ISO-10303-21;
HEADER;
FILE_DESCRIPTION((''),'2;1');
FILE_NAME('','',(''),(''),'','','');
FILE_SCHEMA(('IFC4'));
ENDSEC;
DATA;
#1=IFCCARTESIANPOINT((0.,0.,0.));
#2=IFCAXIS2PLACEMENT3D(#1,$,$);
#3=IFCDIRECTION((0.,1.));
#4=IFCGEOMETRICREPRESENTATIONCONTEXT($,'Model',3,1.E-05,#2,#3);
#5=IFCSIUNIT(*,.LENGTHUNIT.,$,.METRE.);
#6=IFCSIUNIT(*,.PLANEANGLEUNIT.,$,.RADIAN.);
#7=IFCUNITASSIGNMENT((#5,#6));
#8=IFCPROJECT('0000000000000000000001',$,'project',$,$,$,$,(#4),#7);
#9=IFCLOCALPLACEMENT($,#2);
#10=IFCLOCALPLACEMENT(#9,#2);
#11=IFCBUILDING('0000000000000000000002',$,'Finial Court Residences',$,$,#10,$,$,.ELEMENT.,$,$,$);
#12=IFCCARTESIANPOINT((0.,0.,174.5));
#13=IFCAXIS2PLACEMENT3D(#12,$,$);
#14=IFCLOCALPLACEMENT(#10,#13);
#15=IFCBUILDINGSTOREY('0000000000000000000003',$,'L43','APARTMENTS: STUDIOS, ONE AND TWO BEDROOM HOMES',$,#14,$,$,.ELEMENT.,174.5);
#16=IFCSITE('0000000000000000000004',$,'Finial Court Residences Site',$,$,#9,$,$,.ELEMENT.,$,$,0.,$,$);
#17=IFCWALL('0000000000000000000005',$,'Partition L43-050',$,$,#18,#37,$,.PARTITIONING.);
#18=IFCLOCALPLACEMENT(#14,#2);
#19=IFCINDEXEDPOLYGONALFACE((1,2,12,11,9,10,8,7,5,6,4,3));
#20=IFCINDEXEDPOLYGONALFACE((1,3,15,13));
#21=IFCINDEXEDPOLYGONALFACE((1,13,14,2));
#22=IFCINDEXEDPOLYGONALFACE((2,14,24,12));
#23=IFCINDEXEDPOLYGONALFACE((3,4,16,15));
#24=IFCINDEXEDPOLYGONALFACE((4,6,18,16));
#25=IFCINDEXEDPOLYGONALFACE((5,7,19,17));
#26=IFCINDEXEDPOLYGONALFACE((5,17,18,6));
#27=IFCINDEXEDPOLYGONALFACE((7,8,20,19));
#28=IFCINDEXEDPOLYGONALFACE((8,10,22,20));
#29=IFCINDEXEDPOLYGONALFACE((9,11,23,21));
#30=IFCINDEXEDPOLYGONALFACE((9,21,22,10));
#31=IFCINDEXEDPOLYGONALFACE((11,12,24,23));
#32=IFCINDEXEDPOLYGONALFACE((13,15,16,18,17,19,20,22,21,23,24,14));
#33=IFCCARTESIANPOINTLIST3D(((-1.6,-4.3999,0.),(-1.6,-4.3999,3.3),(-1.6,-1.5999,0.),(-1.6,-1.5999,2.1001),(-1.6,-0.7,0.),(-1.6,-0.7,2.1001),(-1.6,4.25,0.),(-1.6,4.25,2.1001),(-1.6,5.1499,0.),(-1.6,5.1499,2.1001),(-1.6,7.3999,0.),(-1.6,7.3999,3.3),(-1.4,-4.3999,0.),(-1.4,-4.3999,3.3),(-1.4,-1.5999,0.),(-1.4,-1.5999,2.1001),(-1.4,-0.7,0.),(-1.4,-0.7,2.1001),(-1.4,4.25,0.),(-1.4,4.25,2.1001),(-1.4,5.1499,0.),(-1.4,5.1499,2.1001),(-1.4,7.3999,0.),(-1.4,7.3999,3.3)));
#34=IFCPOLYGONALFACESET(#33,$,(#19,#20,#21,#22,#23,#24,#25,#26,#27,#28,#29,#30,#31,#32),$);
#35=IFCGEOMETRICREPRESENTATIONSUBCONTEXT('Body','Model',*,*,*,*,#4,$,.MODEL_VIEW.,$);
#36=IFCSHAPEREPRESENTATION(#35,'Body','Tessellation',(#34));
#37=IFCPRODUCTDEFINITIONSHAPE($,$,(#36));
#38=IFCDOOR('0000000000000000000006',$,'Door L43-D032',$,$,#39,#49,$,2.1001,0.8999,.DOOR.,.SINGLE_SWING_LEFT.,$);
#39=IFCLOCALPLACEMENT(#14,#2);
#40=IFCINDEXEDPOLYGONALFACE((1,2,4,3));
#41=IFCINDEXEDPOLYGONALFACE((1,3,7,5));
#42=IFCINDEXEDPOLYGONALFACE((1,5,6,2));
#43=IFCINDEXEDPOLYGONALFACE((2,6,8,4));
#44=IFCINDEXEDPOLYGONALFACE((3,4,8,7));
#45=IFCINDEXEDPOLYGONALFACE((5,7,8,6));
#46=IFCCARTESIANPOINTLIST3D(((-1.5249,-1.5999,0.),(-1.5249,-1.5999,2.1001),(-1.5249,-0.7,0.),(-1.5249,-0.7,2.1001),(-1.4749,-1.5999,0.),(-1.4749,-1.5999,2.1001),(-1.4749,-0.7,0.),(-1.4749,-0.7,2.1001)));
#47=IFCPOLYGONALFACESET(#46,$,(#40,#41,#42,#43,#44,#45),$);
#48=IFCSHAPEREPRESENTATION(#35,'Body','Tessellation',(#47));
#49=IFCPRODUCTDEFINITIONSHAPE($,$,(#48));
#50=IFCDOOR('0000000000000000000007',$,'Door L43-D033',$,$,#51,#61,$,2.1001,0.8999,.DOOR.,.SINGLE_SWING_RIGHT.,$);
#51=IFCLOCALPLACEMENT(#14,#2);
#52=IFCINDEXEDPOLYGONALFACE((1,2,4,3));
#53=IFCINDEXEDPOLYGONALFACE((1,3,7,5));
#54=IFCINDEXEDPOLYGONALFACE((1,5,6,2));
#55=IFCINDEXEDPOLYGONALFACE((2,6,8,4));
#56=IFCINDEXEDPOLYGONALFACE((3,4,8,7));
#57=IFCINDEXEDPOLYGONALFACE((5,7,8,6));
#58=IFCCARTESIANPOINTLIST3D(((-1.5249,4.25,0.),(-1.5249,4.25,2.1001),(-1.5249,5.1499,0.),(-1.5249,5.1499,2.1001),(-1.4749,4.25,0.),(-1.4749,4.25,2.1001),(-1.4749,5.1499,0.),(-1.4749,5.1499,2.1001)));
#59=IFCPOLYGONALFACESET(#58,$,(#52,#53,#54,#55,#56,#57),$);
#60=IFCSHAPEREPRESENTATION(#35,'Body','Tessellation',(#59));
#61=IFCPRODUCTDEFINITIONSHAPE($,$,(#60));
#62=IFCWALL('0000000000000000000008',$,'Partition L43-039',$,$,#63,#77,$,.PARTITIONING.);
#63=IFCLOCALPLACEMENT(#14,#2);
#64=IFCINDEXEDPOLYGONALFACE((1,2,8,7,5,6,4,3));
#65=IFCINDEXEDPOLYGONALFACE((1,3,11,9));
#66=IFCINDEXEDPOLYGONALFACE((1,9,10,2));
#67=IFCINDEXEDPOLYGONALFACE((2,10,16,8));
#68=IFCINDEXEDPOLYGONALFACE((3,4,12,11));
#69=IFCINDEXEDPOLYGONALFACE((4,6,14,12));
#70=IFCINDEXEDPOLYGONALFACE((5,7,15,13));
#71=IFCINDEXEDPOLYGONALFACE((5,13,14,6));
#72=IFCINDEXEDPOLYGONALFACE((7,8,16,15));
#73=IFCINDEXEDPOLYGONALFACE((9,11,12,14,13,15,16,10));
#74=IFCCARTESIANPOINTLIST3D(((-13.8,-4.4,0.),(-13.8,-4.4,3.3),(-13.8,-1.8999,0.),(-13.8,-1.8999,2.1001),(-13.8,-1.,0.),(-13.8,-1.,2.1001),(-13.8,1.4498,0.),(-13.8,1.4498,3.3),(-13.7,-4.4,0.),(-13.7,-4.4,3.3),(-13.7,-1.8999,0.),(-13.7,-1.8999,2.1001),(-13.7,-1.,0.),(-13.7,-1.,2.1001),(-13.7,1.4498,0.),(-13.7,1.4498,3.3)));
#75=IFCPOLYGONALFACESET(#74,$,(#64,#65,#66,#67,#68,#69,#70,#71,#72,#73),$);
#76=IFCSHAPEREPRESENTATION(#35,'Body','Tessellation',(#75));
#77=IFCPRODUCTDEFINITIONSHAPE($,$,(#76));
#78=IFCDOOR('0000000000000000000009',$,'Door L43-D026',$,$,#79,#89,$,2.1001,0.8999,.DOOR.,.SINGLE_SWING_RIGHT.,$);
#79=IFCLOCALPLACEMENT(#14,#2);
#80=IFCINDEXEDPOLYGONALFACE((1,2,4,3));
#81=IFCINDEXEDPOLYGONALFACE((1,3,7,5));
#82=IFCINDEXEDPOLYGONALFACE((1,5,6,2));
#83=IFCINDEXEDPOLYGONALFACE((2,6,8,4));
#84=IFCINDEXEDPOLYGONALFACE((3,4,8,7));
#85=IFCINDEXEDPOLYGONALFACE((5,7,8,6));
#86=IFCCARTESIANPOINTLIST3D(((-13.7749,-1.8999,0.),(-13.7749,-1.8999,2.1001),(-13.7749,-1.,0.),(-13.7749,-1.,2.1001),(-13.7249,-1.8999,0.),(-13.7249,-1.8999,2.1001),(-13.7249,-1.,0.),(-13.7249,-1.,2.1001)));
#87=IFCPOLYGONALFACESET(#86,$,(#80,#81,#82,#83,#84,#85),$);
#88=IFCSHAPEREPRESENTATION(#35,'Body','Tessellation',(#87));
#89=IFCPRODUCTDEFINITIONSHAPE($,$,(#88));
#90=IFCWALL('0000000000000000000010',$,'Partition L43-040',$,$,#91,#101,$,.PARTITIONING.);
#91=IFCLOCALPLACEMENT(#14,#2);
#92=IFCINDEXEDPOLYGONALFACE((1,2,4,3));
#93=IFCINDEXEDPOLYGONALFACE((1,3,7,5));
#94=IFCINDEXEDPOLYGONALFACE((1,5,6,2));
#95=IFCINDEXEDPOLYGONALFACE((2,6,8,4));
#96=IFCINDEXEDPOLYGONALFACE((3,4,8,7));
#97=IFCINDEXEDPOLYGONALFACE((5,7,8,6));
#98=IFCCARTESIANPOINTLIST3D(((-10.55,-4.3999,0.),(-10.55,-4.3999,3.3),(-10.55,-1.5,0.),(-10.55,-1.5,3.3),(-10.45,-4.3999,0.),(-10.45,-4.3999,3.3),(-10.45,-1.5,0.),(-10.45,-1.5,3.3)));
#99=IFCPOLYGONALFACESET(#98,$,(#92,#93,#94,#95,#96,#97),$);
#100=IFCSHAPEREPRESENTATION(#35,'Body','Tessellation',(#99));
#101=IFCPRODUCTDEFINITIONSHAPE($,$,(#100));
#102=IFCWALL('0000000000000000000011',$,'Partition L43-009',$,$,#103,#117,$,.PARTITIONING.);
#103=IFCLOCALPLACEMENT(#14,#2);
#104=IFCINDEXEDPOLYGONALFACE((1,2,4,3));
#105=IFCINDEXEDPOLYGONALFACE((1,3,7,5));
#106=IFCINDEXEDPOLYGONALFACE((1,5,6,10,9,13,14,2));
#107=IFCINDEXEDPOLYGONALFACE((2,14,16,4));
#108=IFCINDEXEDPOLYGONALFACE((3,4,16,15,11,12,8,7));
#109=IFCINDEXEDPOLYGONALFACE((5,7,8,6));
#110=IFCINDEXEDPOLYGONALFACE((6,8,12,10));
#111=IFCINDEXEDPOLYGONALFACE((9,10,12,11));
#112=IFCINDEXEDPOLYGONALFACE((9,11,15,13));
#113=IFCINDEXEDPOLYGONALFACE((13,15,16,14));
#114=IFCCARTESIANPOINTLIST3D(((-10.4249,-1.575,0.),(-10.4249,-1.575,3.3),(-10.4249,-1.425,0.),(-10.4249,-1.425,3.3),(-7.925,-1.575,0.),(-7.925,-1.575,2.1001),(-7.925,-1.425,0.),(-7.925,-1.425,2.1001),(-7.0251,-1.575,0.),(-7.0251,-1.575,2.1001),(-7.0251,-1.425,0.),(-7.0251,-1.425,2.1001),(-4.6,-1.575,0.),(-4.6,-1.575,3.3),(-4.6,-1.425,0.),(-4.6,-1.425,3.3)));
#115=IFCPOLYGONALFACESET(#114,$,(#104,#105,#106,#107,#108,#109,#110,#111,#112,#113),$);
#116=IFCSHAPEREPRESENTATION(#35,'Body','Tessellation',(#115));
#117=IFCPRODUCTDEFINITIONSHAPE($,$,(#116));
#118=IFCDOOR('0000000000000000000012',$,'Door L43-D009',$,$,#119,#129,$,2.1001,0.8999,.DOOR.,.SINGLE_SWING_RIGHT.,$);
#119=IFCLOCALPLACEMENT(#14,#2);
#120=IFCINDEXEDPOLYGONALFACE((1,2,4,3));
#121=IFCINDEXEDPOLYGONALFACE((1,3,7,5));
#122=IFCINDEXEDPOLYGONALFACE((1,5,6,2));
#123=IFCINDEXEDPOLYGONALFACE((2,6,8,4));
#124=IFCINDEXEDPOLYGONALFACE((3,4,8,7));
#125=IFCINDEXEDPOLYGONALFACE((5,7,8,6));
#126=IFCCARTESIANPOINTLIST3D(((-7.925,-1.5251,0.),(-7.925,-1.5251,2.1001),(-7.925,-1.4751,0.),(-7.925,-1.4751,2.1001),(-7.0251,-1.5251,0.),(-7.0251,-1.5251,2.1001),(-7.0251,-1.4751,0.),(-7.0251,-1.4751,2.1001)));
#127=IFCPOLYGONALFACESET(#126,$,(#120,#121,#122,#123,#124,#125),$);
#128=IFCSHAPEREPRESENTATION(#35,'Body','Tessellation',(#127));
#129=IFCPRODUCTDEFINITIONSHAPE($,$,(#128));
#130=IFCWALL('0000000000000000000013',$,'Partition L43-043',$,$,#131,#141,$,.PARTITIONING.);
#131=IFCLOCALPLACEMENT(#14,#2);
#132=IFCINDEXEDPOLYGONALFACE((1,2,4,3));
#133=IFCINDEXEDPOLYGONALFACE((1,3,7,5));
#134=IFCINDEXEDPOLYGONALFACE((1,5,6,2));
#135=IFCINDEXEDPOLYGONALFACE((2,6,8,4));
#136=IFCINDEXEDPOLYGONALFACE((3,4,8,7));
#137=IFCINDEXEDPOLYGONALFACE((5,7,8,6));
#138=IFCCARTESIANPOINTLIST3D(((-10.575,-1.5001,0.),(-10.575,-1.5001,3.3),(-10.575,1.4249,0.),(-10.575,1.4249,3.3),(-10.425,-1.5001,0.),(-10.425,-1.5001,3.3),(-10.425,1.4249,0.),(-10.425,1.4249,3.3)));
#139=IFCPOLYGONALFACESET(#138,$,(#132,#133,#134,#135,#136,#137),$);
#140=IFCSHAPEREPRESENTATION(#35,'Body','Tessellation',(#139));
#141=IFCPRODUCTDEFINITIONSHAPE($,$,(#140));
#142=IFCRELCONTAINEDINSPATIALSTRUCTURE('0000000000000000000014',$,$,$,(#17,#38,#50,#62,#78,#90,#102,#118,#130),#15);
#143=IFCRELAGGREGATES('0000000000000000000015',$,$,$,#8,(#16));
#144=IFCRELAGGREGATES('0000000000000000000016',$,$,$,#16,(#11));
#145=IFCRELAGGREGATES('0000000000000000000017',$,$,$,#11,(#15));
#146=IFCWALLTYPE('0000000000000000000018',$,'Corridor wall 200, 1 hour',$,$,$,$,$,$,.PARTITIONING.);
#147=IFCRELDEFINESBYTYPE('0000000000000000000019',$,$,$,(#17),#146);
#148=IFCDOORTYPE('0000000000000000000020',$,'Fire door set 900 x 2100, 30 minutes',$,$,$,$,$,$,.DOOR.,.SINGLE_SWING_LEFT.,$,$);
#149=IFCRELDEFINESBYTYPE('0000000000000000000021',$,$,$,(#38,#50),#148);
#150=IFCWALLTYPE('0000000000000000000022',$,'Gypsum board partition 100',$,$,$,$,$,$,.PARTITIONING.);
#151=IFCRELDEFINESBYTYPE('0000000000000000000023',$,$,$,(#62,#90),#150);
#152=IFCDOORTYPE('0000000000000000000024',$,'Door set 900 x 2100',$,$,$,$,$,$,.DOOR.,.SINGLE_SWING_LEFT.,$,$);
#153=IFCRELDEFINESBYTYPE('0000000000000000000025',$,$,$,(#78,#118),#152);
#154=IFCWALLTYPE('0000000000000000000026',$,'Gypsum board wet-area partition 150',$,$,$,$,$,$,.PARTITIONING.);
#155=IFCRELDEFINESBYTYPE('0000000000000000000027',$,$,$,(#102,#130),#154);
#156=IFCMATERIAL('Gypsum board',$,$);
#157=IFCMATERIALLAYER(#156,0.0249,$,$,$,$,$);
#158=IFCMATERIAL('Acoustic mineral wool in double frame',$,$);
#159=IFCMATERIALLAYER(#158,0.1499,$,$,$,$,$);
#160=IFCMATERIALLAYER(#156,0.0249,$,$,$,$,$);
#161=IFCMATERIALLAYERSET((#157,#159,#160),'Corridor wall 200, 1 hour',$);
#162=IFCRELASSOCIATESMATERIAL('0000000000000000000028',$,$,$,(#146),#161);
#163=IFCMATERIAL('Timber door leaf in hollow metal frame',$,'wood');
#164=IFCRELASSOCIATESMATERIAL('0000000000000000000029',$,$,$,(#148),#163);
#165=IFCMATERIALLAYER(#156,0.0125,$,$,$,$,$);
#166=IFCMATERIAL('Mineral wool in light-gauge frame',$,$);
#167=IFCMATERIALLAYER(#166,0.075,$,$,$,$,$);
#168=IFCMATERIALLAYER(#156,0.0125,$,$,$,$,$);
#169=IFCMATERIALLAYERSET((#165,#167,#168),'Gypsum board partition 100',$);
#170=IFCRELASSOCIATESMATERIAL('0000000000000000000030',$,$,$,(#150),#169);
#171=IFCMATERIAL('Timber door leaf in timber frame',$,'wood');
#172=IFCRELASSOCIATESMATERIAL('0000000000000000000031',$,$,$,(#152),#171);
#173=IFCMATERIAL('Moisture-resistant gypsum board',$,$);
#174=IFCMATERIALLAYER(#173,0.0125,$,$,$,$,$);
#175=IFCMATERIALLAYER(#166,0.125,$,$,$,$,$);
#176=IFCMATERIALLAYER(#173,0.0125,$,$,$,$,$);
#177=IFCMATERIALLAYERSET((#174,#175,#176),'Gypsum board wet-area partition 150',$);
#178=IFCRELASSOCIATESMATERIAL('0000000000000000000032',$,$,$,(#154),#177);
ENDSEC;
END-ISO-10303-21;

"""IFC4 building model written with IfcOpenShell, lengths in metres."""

from ifc_helpers import new_model, si_unit, direction, frame, frame_2d, origin, place, context, subcontext, project, spatial, rectangle, extrude, material, layer, layer_set, type_object, element, fill, save


model = new_model("IFC4")

# Units and contexts
model_context = context("Model", 3, precision=1e-05, world=origin(), true_north=direction((0.0, 1.0)))
body_context = subcontext(model_context, "Body", "Model", "MODEL_VIEW")
ifc_project = project(units=[si_unit("LENGTHUNIT", "METRE"), si_unit("PLANEANGLEUNIT", "RADIAN")], contexts=[model_context])

# Site, building, storey
site_placement = place(None, origin())
site = spatial("IfcSite", under=ifc_project, at=site_placement, Name="Finial Court Residences Site", CompositionType="ELEMENT", RefElevation=0.0)
building_placement = place(site_placement, origin())
building = spatial("IfcBuilding", under=site, at=building_placement, Name="Finial Court Residences", CompositionType="ELEMENT")
storey_placement = place(building_placement, frame((0.0, 0.0, 174.5)))
storey = spatial("IfcBuildingStorey", under=building, at=storey_placement, Name="L43", Description="APARTMENTS: STUDIOS, ONE AND TWO BEDROOM HOMES", CompositionType="ELEMENT", Elevation=174.5)

# Shared definitions
ifc_material_1 = material(Name="Gypsum board")
ifc_layer_1 = layer(ifc_material_1, 0.0249)
ifc_material_2 = material(Name="Acoustic mineral wool in double frame")
ifc_layer_2 = layer(ifc_material_2, 0.1499)
ifc_layer_3 = layer(ifc_material_1, 0.0249)
ifc_layer_set_1 = layer_set([ifc_layer_1, ifc_layer_2, ifc_layer_3], Name="Corridor wall 200, 1 hour")
wall_type_1 = type_object("IfcWallType", Name="Corridor wall 200, 1 hour", PredefinedType="PARTITIONING", material=ifc_layer_set_1)

# Shared definitions
ifc_material_3 = material(Name="Timber door leaf in hollow metal frame", Category="wood")

# Wall, openings, doors
wall_1_placement = place(storey_placement, frame((-1.5, -4.3999, 0.0), z_axis=(0.0, 0.0, 1.0), x_axis=(0.0, 1.0, 0.0)))
wall_1 = element("IfcWall", 1, at=wall_1_placement, inside=storey, type_object=wall_type_1, Name="Partition L43-050", PredefinedType="PARTITIONING", context=body_context, shape_type="SweptSolid", body=[
    extrude(rectangle(XDim=11.7998, YDim=0.2, at=frame_2d((5.8999, 0.0))), origin(), (0.0, 0.0, 1.0), 3.3),
])
opening_1_placement = place(wall_1_placement, frame((2.8, 0.0, 0.0)))
opening_1 = element("IfcOpeningElement", 2, at=opening_1_placement, cuts=wall_1, PredefinedType="OPENING", context=body_context, shape_type="SweptSolid", body=[
    extrude(rectangle(XDim=0.8999, YDim=2.1001, at=frame_2d((0.45, 1.05))), frame((0.0, 0.1099, 0.0), z_axis=(0.0, -1.0, 0.0), x_axis=(1.0, 0.0, 0.0)), (0.0, 0.0, 1.0), 0.22),
])
opening_2_placement = place(wall_1_placement, frame((8.6499, 0.0, 0.0)))
opening_2 = element("IfcOpeningElement", 3, at=opening_2_placement, cuts=wall_1, PredefinedType="OPENING", context=body_context, shape_type="SweptSolid", body=[
    extrude(rectangle(XDim=0.8999, YDim=2.1001, at=frame_2d((0.45, 1.05))), frame((0.0, 0.1099, 0.0), z_axis=(0.0, -1.0, 0.0), x_axis=(1.0, 0.0, 0.0)), (0.0, 0.0, 1.0), 0.22),
])
door_type_1 = type_object("IfcDoorType", Name="Fire door set 900 x 2100, 30 minutes", OperationType="SINGLE_SWING_LEFT", PredefinedType="DOOR", material=ifc_material_3)
door_1_placement = place(opening_1_placement, origin())
door_1 = element("IfcDoor", 4, at=door_1_placement, inside=storey, type_object=door_type_1, Name="Door L43-D032", OperationType="SINGLE_SWING_LEFT", OverallHeight=2.1001, OverallWidth=0.8999, PredefinedType="DOOR", context=body_context, shape_type="SweptSolid", body=[
    extrude(rectangle(XDim=0.8999, YDim=2.1001, at=frame_2d((0.45, 1.05))), frame((0.0, 0.0249, 0.0), z_axis=(0.0, -1.0, 0.0), x_axis=(1.0, 0.0, 0.0)), (0.0, 0.0, 1.0), 0.05),
])
fill(opening_1, door_1)
door_2_placement = place(opening_2_placement, origin())
door_2 = element("IfcDoor", 5, at=door_2_placement, inside=storey, type_object=door_type_1, Name="Door L43-D033", OperationType="SINGLE_SWING_RIGHT", OverallHeight=2.1001, OverallWidth=0.8999, PredefinedType="DOOR", context=body_context, shape_type="SweptSolid", body=[
    extrude(rectangle(XDim=0.8999, YDim=2.1001, at=frame_2d((0.45, 1.05))), frame((0.0, 0.0249, 0.0), z_axis=(0.0, -1.0, 0.0), x_axis=(1.0, 0.0, 0.0)), (0.0, 0.0, 1.0), 0.05),
])
fill(opening_2, door_2)

# Wall, opening, door
ifc_layer_4 = layer(ifc_material_1, 0.0125)
ifc_material_4 = material(Name="Mineral wool in light-gauge frame")
ifc_layer_5 = layer(ifc_material_4, 0.075)
ifc_layer_6 = layer(ifc_material_1, 0.0125)
ifc_layer_set_2 = layer_set([ifc_layer_4, ifc_layer_5, ifc_layer_6], Name="Gypsum board partition 100")
wall_type_2 = type_object("IfcWallType", Name="Gypsum board partition 100", PredefinedType="PARTITIONING", material=ifc_layer_set_2)
wall_2_placement = place(storey_placement, frame((-13.75, -4.3999, 0.0), z_axis=(0.0, 0.0, 1.0), x_axis=(0.0, 1.0, 0.0)))
wall_2 = element("IfcWall", 6, at=wall_2_placement, inside=storey, type_object=wall_type_2, Name="Partition L43-039", PredefinedType="PARTITIONING", context=body_context, shape_type="SweptSolid", body=[
    extrude(rectangle(XDim=5.8499, YDim=0.1001, at=frame_2d((2.9248, 0.0))), origin(), (0.0, 0.0, 1.0), 3.3),
])
opening_3_placement = place(wall_2_placement, frame((2.5, 0.0, 0.0)))
opening_3 = element("IfcOpeningElement", 7, at=opening_3_placement, cuts=wall_2, PredefinedType="OPENING", context=body_context, shape_type="SweptSolid", body=[
    extrude(rectangle(XDim=0.8999, YDim=2.1001, at=frame_2d((0.45, 1.05))), frame((0.0, 0.0601, 0.0), z_axis=(0.0, -1.0, 0.0), x_axis=(1.0, 0.0, 0.0)), (0.0, 0.0, 1.0), 0.1201),
])
ifc_material_5 = material(Name="Timber door leaf in timber frame", Category="wood")
door_type_2 = type_object("IfcDoorType", Name="Door set 900 x 2100", OperationType="SINGLE_SWING_LEFT", PredefinedType="DOOR", material=ifc_material_5)
door_3_placement = place(opening_3_placement, origin())
door_3 = element("IfcDoor", 8, at=door_3_placement, inside=storey, type_object=door_type_2, Name="Door L43-D026", OperationType="SINGLE_SWING_RIGHT", OverallHeight=2.1001, OverallWidth=0.8999, PredefinedType="DOOR", context=body_context, shape_type="SweptSolid", body=[
    extrude(rectangle(XDim=0.8999, YDim=2.1001, at=frame_2d((0.45, 1.05))), frame((0.0, 0.0249, 0.0), z_axis=(0.0, -1.0, 0.0), x_axis=(1.0, 0.0, 0.0)), (0.0, 0.0, 1.0), 0.05),
])
fill(opening_3, door_3)

# Wall
wall_3_placement = place(storey_placement, frame((-10.5, -4.3999, 0.0), z_axis=(0.0, 0.0, 1.0), x_axis=(0.0, 1.0, 0.0)))
element("IfcWall", 9, at=wall_3_placement, inside=storey, type_object=wall_type_2, Name="Partition L43-040", PredefinedType="PARTITIONING", context=body_context, shape_type="SweptSolid", body=[
    extrude(rectangle(XDim=2.8999, YDim=0.1001, at=frame_2d((1.45, 0.0))), origin(), (0.0, 0.0, 1.0), 3.3),
])

# Wall, opening, door
ifc_material_6 = material(Name="Moisture-resistant gypsum board")
ifc_layer_7 = layer(ifc_material_6, 0.0125)
ifc_layer_8 = layer(ifc_material_4, 0.125)
ifc_layer_9 = layer(ifc_material_6, 0.0125)
ifc_layer_set_3 = layer_set([ifc_layer_7, ifc_layer_8, ifc_layer_9], Name="Gypsum board wet-area partition 150")
wall_type_3 = type_object("IfcWallType", Name="Gypsum board wet-area partition 150", PredefinedType="PARTITIONING", material=ifc_layer_set_3)
wall_4_placement = place(storey_placement, frame((-10.425, -1.5, 0.0), z_axis=(0.0, 0.0, 1.0), x_axis=(1.0, 0.0, 0.0)))
wall_4 = element("IfcWall", 10, at=wall_4_placement, inside=storey, type_object=wall_type_3, Name="Partition L43-009", PredefinedType="PARTITIONING", context=body_context, shape_type="SweptSolid", body=[
    extrude(rectangle(XDim=5.825, YDim=0.1499, at=frame_2d((2.9126, 0.0))), origin(), (0.0, 0.0, 1.0), 3.3),
])
opening_4_placement = place(wall_4_placement, frame((2.5, 0.0, 0.0)))
opening_4 = element("IfcOpeningElement", 11, at=opening_4_placement, cuts=wall_4, PredefinedType="OPENING", context=body_context, shape_type="SweptSolid", body=[
    extrude(rectangle(XDim=0.8999, YDim=2.1001, at=frame_2d((0.45, 1.05))), frame((0.0, 0.085, 0.0), z_axis=(0.0, -1.0, 0.0), x_axis=(1.0, 0.0, 0.0)), (0.0, 0.0, 1.0), 0.1699),
])
door_4_placement = place(opening_4_placement, origin())
door_4 = element("IfcDoor", 12, at=door_4_placement, inside=storey, type_object=door_type_2, Name="Door L43-D009", OperationType="SINGLE_SWING_RIGHT", OverallHeight=2.1001, OverallWidth=0.8999, PredefinedType="DOOR", context=body_context, shape_type="SweptSolid", body=[
    extrude(rectangle(XDim=0.8999, YDim=2.1001, at=frame_2d((0.45, 1.05))), frame((0.0, 0.0249, 0.0), z_axis=(0.0, -1.0, 0.0), x_axis=(1.0, 0.0, 0.0)), (0.0, 0.0, 1.0), 0.05),
])
fill(opening_4, door_4)

# Wall
wall_5_placement = place(storey_placement, frame((-10.5, -1.5, 0.0), z_axis=(0.0, 0.0, 1.0), x_axis=(0.0, 1.0, 0.0)))
element("IfcWall", 13, at=wall_5_placement, inside=storey, type_object=wall_type_3, Name="Partition L43-043", PredefinedType="PARTITIONING", context=body_context, shape_type="SweptSolid", body=[
    extrude(rectangle(XDim=2.925, YDim=0.1499, at=frame_2d((1.4624, 0.0))), origin(), (0.0, 0.0, 1.0), 3.3),
])

save(model, "model.ifc")
